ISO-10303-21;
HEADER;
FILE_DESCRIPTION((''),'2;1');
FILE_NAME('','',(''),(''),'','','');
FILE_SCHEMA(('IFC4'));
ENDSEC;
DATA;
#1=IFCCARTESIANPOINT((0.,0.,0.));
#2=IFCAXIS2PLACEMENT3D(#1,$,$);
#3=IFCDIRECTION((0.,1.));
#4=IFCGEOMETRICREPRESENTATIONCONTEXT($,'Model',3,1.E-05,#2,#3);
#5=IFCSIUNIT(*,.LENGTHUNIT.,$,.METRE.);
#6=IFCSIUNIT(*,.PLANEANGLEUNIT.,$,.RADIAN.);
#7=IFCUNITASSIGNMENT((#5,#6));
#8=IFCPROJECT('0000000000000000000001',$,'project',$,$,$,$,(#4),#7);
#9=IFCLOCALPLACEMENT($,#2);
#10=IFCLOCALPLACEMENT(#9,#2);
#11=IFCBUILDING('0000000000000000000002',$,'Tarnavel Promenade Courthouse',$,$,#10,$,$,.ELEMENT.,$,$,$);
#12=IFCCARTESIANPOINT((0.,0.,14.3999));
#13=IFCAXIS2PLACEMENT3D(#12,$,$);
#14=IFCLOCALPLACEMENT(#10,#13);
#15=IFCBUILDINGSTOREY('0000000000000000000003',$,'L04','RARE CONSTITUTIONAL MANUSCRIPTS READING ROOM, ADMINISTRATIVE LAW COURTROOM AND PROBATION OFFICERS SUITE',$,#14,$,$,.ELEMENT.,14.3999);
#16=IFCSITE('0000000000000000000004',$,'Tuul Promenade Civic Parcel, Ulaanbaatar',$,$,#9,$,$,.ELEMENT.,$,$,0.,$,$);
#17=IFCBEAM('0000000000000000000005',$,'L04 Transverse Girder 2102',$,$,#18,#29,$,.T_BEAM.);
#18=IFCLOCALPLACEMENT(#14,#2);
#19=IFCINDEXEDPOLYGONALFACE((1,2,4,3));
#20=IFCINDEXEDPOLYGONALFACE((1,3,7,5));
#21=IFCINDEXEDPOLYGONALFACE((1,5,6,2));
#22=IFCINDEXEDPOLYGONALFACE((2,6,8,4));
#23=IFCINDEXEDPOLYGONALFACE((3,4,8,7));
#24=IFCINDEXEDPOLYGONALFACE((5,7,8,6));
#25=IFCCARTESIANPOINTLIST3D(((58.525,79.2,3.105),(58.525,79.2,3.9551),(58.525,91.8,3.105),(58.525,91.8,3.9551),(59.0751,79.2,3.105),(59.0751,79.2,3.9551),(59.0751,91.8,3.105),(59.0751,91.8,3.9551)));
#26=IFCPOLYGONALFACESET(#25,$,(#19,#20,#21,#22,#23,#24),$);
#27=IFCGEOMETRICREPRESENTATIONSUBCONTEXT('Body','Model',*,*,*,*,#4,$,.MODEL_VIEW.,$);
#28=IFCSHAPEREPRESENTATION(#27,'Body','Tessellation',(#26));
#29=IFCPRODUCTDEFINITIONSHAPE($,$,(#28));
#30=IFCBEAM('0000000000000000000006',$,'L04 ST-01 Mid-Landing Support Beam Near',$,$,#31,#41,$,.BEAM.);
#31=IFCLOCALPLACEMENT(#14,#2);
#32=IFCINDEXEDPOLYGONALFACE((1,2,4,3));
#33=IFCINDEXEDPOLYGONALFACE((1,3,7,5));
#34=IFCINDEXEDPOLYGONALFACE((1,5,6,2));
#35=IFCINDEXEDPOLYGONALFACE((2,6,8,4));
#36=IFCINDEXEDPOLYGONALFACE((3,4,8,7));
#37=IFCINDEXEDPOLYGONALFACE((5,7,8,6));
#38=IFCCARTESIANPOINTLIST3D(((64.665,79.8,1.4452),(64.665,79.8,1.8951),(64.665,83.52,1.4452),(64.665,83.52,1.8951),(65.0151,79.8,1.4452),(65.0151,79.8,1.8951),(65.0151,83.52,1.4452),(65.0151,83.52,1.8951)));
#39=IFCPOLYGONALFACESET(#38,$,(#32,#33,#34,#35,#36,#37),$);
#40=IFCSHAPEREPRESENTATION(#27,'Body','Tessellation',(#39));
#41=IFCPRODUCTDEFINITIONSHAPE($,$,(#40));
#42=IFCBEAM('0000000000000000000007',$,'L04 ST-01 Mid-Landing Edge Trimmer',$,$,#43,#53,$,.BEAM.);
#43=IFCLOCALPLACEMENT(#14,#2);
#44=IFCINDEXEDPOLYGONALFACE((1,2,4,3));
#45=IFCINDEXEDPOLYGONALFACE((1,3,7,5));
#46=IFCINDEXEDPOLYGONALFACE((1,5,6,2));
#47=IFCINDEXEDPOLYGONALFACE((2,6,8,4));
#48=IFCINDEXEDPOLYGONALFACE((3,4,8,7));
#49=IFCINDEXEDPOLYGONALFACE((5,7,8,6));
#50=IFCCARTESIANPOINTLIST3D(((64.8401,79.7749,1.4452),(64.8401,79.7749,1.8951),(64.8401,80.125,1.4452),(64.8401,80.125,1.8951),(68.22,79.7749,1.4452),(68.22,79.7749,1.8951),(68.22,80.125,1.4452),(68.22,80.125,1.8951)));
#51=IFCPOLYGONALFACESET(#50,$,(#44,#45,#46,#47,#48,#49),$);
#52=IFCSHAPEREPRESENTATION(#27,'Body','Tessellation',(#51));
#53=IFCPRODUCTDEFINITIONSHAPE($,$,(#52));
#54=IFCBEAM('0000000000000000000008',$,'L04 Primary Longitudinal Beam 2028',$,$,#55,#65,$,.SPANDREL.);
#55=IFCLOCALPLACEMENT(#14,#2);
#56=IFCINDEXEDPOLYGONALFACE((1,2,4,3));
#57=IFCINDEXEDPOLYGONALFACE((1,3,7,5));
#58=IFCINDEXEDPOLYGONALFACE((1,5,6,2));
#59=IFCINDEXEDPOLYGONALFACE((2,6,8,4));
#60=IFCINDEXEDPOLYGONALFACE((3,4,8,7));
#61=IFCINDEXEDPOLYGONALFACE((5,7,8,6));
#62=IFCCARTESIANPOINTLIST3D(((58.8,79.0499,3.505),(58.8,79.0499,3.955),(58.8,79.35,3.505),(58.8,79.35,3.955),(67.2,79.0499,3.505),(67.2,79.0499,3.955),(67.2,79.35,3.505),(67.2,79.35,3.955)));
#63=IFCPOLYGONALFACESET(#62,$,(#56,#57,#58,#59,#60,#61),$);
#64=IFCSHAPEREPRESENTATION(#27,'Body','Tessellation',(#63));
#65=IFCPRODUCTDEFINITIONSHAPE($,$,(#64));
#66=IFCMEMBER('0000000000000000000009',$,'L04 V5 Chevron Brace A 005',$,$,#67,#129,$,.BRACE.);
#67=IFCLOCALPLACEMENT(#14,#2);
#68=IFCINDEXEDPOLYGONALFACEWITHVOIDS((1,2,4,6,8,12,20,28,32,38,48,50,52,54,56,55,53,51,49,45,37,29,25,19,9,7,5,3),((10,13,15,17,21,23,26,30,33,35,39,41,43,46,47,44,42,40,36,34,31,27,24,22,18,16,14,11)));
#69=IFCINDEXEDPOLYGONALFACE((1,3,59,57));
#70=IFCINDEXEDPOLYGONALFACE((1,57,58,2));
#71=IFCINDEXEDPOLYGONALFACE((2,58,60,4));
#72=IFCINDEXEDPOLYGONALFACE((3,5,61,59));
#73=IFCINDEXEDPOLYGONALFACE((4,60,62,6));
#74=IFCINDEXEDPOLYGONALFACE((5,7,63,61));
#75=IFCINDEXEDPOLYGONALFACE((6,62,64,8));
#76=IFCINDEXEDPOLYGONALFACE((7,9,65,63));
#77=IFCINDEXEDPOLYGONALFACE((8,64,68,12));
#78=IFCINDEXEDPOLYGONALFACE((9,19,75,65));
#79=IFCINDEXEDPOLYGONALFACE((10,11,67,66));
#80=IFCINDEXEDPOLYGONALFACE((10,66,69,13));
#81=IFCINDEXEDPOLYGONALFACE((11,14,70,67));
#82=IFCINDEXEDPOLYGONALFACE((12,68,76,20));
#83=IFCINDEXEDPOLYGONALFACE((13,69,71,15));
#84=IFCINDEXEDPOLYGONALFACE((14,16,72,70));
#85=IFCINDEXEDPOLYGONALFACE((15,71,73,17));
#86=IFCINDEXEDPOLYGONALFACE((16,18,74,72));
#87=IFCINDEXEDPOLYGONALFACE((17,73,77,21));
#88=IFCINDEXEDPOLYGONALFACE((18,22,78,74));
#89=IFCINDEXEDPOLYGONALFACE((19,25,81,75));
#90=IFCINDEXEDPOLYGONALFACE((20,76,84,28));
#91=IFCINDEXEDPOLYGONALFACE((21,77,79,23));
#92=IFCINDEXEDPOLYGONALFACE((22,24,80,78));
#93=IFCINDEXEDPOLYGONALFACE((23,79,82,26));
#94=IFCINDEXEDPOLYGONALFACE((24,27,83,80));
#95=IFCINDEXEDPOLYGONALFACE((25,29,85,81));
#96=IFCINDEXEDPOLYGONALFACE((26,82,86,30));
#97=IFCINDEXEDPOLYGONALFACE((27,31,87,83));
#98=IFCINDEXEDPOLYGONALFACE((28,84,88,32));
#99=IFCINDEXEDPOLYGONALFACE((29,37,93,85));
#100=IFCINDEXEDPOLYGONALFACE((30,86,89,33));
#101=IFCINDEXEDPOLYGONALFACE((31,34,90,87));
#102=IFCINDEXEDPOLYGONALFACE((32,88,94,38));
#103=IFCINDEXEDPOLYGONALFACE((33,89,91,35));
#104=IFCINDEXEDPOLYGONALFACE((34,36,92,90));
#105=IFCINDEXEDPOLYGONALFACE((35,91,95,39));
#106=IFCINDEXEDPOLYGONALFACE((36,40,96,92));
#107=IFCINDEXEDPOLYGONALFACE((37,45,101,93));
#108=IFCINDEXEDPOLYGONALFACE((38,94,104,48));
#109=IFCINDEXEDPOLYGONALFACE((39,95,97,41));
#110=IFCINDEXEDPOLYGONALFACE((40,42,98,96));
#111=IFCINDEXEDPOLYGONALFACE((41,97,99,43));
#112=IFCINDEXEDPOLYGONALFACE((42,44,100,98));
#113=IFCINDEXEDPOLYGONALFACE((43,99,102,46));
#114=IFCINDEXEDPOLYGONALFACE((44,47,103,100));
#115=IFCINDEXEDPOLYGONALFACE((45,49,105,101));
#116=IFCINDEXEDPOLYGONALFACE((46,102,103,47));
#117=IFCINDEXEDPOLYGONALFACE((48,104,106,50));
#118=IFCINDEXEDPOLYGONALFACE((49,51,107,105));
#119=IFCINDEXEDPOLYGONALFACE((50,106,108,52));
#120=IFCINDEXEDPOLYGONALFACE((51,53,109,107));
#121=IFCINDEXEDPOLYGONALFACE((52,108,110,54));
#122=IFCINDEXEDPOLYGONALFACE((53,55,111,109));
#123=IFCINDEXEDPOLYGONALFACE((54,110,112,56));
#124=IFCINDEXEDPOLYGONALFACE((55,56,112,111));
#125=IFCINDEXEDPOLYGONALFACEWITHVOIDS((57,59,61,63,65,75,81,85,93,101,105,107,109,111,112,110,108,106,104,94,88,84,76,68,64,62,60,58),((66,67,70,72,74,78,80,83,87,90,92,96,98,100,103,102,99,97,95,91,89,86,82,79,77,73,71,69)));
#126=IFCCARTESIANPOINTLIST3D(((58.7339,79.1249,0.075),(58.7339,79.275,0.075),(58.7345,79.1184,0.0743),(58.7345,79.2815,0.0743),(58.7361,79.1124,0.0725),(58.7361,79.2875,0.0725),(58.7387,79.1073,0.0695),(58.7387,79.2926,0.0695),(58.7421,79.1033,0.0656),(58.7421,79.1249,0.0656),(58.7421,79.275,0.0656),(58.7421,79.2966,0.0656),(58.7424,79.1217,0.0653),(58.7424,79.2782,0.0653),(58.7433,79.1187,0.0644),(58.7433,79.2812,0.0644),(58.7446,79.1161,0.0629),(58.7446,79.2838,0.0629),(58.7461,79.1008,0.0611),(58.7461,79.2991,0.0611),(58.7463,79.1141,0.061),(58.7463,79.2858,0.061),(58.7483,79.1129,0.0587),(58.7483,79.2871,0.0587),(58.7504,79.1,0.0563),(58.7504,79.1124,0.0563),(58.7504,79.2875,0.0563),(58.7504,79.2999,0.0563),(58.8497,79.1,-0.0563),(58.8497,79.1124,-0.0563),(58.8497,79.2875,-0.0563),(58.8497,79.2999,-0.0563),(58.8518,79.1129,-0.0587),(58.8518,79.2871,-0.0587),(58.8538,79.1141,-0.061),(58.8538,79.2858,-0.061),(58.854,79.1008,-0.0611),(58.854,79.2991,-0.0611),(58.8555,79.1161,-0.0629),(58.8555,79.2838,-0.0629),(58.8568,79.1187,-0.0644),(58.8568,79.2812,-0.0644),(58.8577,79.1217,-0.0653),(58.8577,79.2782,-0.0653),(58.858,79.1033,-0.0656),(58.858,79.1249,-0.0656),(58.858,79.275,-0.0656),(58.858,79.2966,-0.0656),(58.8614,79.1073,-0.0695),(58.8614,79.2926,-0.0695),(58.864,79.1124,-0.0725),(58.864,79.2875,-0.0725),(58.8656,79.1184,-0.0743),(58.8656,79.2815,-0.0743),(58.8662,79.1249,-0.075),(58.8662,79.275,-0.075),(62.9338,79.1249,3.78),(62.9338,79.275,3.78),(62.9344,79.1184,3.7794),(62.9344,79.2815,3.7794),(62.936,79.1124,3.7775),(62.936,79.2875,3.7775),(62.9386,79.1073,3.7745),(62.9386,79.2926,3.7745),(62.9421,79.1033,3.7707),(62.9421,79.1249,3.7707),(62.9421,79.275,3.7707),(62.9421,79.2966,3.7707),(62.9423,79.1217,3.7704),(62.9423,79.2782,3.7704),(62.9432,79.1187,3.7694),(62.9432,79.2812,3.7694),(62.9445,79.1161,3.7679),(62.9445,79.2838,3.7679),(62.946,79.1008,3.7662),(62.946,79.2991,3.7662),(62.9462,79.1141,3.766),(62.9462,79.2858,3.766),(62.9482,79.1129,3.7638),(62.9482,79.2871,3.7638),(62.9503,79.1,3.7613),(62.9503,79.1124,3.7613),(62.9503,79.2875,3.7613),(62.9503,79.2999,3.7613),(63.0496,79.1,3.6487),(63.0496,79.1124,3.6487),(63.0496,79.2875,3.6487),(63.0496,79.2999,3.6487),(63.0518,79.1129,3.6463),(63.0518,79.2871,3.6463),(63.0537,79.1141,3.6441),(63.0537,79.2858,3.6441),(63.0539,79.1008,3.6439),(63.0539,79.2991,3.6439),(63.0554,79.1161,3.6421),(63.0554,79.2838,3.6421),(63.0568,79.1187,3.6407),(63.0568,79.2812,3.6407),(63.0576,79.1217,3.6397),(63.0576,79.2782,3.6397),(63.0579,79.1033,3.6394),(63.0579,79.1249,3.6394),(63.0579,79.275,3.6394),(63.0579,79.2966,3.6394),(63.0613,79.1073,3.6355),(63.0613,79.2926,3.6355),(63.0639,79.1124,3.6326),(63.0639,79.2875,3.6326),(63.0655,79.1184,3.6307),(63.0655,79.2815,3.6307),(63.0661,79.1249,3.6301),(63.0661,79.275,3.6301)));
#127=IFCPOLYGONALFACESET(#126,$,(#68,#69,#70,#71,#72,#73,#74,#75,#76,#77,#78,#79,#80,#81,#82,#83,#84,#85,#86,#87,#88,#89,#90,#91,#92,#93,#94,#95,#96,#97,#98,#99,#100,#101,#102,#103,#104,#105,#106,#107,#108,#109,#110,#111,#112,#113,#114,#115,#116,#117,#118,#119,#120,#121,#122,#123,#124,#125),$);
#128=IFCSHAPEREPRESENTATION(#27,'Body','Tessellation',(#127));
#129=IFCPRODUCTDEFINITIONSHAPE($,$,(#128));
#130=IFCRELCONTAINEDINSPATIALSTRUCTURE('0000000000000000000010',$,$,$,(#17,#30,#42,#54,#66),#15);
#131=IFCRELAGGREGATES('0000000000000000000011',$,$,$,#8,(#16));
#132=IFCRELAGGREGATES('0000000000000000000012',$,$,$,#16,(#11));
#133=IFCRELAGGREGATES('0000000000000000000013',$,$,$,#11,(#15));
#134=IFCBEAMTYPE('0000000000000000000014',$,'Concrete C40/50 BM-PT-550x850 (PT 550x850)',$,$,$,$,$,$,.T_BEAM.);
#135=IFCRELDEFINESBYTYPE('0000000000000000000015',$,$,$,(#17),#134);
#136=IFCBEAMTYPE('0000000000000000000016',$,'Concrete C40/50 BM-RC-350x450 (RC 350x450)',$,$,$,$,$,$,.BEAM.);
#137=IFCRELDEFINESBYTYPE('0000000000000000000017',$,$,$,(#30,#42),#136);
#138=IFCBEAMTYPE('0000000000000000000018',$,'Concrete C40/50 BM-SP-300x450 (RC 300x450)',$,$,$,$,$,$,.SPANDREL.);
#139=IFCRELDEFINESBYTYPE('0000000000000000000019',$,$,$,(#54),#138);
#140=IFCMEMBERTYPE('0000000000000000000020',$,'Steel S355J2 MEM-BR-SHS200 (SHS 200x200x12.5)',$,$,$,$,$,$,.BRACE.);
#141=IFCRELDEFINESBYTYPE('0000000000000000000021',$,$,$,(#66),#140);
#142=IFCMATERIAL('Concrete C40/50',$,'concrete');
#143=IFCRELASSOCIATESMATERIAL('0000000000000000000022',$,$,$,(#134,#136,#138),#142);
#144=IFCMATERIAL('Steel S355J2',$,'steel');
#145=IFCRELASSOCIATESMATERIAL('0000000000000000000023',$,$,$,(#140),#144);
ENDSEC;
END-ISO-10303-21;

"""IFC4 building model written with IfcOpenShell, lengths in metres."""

from ifc_helpers import new_model, si_unit, direction, frame, origin, origin_2d, place, context, subcontext, project, spatial, rectangle, hollow_rectangle, extrude, material, material_profile, profile_set, type_object, element, save


model = new_model("IFC4")

# Units and contexts
model_context = context("Model", 3, precision=1e-05, world=origin(), true_north=direction((0.0, 1.0)))
body_context = subcontext(model_context, "Body", "Model", "MODEL_VIEW")
ifc_project = project(units=[si_unit("LENGTHUNIT", "METRE"), si_unit("PLANEANGLEUNIT", "RADIAN")], contexts=[model_context])

# Site, building, storey
site_placement = place(None, origin())
site = spatial("IfcSite", under=ifc_project, at=site_placement, Name="Tuul Promenade Civic Parcel, Ulaanbaatar", CompositionType="ELEMENT", RefElevation=0.0)
building_placement = place(site_placement, origin())
building = spatial("IfcBuilding", under=site, at=building_placement, Name="Tarnavel Promenade Courthouse", CompositionType="ELEMENT")
storey_placement = place(building_placement, frame((0.0, 0.0, 14.3999)))
storey = spatial("IfcBuildingStorey", under=building, at=storey_placement, Name="L04", Description="RARE CONSTITUTIONAL MANUSCRIPTS READING ROOM, ADMINISTRATIVE LAW COURTROOM AND PROBATION OFFICERS SUITE", CompositionType="ELEMENT", Elevation=14.3999)

# Beams
ifc_material_1 = material(Name="Concrete C40/50", Category="concrete")
ifc_material_profile_1 = material_profile(ifc_material_1, rectangle(XDim=0.55, YDim=0.8501, at=origin_2d()), Name="PT 550x850")
ifc_profile_set_1 = profile_set([ifc_material_profile_1], Name="Concrete C40/50")
beam_type_1 = type_object("IfcBeamType", Name="Concrete C40/50 BM-PT-550x850 (PT 550x850)", PredefinedType="T_BEAM", material=ifc_profile_set_1)
beam_1_placement = place(storey_placement, frame((58.8, 79.2, 3.53), z_axis=(0.0, 1.0, 0.0), x_axis=(-1.0, 0.0, 0.0)))
element("IfcBeam", 1, at=beam_1_placement, inside=storey, type_object=beam_type_1, Name="L04 Transverse Girder 2102", PredefinedType="T_BEAM", context=body_context, shape_type="SweptSolid", body=[
    extrude(rectangle(XDim=0.55, YDim=0.8501, at=origin_2d()), origin(), (0.0, 0.0, 1.0), 12.6001),
])
ifc_material_profile_2 = material_profile(ifc_material_1, rectangle(XDim=0.3501, YDim=0.45, at=origin_2d()), Name="RC 350x450")
ifc_profile_set_2 = profile_set([ifc_material_profile_2], Name="Concrete C40/50")
beam_type_2 = type_object("IfcBeamType", Name="Concrete C40/50 BM-RC-350x450 (RC 350x450)", PredefinedType="BEAM", material=ifc_profile_set_2)
beam_2_placement = place(storey_placement, frame((64.8401, 79.8, 1.6702), z_axis=(0.0, 1.0, 0.0), x_axis=(-1.0, 0.0, 0.0)))
element("IfcBeam", 2, at=beam_2_placement, inside=storey, type_object=beam_type_2, Name="L04 ST-01 Mid-Landing Support Beam Near", PredefinedType="BEAM", context=body_context, shape_type="SweptSolid", body=[
    extrude(rectangle(XDim=0.3501, YDim=0.45, at=origin_2d()), origin(), (0.0, 0.0, 1.0), 3.72),
])
beam_3_placement = place(storey_placement, frame((64.8401, 79.95, 1.6702), z_axis=(1.0, 0.0, 0.0), x_axis=(0.0, 1.0, 0.0)))
element("IfcBeam", 3, at=beam_3_placement, inside=storey, type_object=beam_type_2, Name="L04 ST-01 Mid-Landing Edge Trimmer", PredefinedType="BEAM", context=body_context, shape_type="SweptSolid", body=[
    extrude(rectangle(XDim=0.3501, YDim=0.45, at=origin_2d()), origin(), (0.0, 0.0, 1.0), 3.3799),
])
ifc_material_profile_3 = material_profile(ifc_material_1, rectangle(XDim=0.3, YDim=0.45, at=origin_2d()), Name="RC 300x450")
ifc_profile_set_3 = profile_set([ifc_material_profile_3], Name="Concrete C40/50")
beam_type_3 = type_object("IfcBeamType", Name="Concrete C40/50 BM-SP-300x450 (RC 300x450)", PredefinedType="SPANDREL", material=ifc_profile_set_3)
beam_4_placement = place(storey_placement, frame((58.8, 79.2, 3.73), z_axis=(1.0, 0.0, 0.0), x_axis=(0.0, 1.0, 0.0)))
element("IfcBeam", 4, at=beam_4_placement, inside=storey, type_object=beam_type_3, Name="L04 Primary Longitudinal Beam 2028", PredefinedType="SPANDREL", context=body_context, shape_type="SweptSolid", body=[
    extrude(rectangle(XDim=0.3, YDim=0.45, at=origin_2d()), origin(), (0.0, 0.0, 1.0), 8.3999),
])

# Member
ifc_material_2 = material(Name="Steel S355J2", Category="steel")
ifc_material_profile_4 = material_profile(ifc_material_2, hollow_rectangle(XDim=0.2, YDim=0.2, WallThickness=0.0125, InnerFilletRadius=0.0125, OuterFilletRadius=0.0249, at=origin_2d()), Name="SHS 200x200x12.5")
ifc_profile_set_4 = profile_set([ifc_material_profile_4], Name="Steel S355J2")
member_type_1 = type_object("IfcMemberType", Name="Steel S355J2 MEM-BR-SHS200 (SHS 200x200x12.5)", PredefinedType="BRACE", material=ifc_profile_set_4)
member_1_placement = place(storey_placement, frame((58.8, 79.2, 0.0), z_axis=(0.749905, 0.0, 0.661545), x_axis=(0.0, 1.0, 0.0)))
element("IfcMember", 5, at=member_1_placement, inside=storey, type_object=member_type_1, Name="L04 V5 Chevron Brace A 005", PredefinedType="BRACE", context=body_context, shape_type="SweptSolid", body=[
    extrude(hollow_rectangle(XDim=0.2, YDim=0.2, WallThickness=0.0125, InnerFilletRadius=0.0125, OuterFilletRadius=0.0249, at=origin_2d()), origin(), (0.0, 0.0, 1.0), 5.6006),
])

save(model, "model.ifc")
